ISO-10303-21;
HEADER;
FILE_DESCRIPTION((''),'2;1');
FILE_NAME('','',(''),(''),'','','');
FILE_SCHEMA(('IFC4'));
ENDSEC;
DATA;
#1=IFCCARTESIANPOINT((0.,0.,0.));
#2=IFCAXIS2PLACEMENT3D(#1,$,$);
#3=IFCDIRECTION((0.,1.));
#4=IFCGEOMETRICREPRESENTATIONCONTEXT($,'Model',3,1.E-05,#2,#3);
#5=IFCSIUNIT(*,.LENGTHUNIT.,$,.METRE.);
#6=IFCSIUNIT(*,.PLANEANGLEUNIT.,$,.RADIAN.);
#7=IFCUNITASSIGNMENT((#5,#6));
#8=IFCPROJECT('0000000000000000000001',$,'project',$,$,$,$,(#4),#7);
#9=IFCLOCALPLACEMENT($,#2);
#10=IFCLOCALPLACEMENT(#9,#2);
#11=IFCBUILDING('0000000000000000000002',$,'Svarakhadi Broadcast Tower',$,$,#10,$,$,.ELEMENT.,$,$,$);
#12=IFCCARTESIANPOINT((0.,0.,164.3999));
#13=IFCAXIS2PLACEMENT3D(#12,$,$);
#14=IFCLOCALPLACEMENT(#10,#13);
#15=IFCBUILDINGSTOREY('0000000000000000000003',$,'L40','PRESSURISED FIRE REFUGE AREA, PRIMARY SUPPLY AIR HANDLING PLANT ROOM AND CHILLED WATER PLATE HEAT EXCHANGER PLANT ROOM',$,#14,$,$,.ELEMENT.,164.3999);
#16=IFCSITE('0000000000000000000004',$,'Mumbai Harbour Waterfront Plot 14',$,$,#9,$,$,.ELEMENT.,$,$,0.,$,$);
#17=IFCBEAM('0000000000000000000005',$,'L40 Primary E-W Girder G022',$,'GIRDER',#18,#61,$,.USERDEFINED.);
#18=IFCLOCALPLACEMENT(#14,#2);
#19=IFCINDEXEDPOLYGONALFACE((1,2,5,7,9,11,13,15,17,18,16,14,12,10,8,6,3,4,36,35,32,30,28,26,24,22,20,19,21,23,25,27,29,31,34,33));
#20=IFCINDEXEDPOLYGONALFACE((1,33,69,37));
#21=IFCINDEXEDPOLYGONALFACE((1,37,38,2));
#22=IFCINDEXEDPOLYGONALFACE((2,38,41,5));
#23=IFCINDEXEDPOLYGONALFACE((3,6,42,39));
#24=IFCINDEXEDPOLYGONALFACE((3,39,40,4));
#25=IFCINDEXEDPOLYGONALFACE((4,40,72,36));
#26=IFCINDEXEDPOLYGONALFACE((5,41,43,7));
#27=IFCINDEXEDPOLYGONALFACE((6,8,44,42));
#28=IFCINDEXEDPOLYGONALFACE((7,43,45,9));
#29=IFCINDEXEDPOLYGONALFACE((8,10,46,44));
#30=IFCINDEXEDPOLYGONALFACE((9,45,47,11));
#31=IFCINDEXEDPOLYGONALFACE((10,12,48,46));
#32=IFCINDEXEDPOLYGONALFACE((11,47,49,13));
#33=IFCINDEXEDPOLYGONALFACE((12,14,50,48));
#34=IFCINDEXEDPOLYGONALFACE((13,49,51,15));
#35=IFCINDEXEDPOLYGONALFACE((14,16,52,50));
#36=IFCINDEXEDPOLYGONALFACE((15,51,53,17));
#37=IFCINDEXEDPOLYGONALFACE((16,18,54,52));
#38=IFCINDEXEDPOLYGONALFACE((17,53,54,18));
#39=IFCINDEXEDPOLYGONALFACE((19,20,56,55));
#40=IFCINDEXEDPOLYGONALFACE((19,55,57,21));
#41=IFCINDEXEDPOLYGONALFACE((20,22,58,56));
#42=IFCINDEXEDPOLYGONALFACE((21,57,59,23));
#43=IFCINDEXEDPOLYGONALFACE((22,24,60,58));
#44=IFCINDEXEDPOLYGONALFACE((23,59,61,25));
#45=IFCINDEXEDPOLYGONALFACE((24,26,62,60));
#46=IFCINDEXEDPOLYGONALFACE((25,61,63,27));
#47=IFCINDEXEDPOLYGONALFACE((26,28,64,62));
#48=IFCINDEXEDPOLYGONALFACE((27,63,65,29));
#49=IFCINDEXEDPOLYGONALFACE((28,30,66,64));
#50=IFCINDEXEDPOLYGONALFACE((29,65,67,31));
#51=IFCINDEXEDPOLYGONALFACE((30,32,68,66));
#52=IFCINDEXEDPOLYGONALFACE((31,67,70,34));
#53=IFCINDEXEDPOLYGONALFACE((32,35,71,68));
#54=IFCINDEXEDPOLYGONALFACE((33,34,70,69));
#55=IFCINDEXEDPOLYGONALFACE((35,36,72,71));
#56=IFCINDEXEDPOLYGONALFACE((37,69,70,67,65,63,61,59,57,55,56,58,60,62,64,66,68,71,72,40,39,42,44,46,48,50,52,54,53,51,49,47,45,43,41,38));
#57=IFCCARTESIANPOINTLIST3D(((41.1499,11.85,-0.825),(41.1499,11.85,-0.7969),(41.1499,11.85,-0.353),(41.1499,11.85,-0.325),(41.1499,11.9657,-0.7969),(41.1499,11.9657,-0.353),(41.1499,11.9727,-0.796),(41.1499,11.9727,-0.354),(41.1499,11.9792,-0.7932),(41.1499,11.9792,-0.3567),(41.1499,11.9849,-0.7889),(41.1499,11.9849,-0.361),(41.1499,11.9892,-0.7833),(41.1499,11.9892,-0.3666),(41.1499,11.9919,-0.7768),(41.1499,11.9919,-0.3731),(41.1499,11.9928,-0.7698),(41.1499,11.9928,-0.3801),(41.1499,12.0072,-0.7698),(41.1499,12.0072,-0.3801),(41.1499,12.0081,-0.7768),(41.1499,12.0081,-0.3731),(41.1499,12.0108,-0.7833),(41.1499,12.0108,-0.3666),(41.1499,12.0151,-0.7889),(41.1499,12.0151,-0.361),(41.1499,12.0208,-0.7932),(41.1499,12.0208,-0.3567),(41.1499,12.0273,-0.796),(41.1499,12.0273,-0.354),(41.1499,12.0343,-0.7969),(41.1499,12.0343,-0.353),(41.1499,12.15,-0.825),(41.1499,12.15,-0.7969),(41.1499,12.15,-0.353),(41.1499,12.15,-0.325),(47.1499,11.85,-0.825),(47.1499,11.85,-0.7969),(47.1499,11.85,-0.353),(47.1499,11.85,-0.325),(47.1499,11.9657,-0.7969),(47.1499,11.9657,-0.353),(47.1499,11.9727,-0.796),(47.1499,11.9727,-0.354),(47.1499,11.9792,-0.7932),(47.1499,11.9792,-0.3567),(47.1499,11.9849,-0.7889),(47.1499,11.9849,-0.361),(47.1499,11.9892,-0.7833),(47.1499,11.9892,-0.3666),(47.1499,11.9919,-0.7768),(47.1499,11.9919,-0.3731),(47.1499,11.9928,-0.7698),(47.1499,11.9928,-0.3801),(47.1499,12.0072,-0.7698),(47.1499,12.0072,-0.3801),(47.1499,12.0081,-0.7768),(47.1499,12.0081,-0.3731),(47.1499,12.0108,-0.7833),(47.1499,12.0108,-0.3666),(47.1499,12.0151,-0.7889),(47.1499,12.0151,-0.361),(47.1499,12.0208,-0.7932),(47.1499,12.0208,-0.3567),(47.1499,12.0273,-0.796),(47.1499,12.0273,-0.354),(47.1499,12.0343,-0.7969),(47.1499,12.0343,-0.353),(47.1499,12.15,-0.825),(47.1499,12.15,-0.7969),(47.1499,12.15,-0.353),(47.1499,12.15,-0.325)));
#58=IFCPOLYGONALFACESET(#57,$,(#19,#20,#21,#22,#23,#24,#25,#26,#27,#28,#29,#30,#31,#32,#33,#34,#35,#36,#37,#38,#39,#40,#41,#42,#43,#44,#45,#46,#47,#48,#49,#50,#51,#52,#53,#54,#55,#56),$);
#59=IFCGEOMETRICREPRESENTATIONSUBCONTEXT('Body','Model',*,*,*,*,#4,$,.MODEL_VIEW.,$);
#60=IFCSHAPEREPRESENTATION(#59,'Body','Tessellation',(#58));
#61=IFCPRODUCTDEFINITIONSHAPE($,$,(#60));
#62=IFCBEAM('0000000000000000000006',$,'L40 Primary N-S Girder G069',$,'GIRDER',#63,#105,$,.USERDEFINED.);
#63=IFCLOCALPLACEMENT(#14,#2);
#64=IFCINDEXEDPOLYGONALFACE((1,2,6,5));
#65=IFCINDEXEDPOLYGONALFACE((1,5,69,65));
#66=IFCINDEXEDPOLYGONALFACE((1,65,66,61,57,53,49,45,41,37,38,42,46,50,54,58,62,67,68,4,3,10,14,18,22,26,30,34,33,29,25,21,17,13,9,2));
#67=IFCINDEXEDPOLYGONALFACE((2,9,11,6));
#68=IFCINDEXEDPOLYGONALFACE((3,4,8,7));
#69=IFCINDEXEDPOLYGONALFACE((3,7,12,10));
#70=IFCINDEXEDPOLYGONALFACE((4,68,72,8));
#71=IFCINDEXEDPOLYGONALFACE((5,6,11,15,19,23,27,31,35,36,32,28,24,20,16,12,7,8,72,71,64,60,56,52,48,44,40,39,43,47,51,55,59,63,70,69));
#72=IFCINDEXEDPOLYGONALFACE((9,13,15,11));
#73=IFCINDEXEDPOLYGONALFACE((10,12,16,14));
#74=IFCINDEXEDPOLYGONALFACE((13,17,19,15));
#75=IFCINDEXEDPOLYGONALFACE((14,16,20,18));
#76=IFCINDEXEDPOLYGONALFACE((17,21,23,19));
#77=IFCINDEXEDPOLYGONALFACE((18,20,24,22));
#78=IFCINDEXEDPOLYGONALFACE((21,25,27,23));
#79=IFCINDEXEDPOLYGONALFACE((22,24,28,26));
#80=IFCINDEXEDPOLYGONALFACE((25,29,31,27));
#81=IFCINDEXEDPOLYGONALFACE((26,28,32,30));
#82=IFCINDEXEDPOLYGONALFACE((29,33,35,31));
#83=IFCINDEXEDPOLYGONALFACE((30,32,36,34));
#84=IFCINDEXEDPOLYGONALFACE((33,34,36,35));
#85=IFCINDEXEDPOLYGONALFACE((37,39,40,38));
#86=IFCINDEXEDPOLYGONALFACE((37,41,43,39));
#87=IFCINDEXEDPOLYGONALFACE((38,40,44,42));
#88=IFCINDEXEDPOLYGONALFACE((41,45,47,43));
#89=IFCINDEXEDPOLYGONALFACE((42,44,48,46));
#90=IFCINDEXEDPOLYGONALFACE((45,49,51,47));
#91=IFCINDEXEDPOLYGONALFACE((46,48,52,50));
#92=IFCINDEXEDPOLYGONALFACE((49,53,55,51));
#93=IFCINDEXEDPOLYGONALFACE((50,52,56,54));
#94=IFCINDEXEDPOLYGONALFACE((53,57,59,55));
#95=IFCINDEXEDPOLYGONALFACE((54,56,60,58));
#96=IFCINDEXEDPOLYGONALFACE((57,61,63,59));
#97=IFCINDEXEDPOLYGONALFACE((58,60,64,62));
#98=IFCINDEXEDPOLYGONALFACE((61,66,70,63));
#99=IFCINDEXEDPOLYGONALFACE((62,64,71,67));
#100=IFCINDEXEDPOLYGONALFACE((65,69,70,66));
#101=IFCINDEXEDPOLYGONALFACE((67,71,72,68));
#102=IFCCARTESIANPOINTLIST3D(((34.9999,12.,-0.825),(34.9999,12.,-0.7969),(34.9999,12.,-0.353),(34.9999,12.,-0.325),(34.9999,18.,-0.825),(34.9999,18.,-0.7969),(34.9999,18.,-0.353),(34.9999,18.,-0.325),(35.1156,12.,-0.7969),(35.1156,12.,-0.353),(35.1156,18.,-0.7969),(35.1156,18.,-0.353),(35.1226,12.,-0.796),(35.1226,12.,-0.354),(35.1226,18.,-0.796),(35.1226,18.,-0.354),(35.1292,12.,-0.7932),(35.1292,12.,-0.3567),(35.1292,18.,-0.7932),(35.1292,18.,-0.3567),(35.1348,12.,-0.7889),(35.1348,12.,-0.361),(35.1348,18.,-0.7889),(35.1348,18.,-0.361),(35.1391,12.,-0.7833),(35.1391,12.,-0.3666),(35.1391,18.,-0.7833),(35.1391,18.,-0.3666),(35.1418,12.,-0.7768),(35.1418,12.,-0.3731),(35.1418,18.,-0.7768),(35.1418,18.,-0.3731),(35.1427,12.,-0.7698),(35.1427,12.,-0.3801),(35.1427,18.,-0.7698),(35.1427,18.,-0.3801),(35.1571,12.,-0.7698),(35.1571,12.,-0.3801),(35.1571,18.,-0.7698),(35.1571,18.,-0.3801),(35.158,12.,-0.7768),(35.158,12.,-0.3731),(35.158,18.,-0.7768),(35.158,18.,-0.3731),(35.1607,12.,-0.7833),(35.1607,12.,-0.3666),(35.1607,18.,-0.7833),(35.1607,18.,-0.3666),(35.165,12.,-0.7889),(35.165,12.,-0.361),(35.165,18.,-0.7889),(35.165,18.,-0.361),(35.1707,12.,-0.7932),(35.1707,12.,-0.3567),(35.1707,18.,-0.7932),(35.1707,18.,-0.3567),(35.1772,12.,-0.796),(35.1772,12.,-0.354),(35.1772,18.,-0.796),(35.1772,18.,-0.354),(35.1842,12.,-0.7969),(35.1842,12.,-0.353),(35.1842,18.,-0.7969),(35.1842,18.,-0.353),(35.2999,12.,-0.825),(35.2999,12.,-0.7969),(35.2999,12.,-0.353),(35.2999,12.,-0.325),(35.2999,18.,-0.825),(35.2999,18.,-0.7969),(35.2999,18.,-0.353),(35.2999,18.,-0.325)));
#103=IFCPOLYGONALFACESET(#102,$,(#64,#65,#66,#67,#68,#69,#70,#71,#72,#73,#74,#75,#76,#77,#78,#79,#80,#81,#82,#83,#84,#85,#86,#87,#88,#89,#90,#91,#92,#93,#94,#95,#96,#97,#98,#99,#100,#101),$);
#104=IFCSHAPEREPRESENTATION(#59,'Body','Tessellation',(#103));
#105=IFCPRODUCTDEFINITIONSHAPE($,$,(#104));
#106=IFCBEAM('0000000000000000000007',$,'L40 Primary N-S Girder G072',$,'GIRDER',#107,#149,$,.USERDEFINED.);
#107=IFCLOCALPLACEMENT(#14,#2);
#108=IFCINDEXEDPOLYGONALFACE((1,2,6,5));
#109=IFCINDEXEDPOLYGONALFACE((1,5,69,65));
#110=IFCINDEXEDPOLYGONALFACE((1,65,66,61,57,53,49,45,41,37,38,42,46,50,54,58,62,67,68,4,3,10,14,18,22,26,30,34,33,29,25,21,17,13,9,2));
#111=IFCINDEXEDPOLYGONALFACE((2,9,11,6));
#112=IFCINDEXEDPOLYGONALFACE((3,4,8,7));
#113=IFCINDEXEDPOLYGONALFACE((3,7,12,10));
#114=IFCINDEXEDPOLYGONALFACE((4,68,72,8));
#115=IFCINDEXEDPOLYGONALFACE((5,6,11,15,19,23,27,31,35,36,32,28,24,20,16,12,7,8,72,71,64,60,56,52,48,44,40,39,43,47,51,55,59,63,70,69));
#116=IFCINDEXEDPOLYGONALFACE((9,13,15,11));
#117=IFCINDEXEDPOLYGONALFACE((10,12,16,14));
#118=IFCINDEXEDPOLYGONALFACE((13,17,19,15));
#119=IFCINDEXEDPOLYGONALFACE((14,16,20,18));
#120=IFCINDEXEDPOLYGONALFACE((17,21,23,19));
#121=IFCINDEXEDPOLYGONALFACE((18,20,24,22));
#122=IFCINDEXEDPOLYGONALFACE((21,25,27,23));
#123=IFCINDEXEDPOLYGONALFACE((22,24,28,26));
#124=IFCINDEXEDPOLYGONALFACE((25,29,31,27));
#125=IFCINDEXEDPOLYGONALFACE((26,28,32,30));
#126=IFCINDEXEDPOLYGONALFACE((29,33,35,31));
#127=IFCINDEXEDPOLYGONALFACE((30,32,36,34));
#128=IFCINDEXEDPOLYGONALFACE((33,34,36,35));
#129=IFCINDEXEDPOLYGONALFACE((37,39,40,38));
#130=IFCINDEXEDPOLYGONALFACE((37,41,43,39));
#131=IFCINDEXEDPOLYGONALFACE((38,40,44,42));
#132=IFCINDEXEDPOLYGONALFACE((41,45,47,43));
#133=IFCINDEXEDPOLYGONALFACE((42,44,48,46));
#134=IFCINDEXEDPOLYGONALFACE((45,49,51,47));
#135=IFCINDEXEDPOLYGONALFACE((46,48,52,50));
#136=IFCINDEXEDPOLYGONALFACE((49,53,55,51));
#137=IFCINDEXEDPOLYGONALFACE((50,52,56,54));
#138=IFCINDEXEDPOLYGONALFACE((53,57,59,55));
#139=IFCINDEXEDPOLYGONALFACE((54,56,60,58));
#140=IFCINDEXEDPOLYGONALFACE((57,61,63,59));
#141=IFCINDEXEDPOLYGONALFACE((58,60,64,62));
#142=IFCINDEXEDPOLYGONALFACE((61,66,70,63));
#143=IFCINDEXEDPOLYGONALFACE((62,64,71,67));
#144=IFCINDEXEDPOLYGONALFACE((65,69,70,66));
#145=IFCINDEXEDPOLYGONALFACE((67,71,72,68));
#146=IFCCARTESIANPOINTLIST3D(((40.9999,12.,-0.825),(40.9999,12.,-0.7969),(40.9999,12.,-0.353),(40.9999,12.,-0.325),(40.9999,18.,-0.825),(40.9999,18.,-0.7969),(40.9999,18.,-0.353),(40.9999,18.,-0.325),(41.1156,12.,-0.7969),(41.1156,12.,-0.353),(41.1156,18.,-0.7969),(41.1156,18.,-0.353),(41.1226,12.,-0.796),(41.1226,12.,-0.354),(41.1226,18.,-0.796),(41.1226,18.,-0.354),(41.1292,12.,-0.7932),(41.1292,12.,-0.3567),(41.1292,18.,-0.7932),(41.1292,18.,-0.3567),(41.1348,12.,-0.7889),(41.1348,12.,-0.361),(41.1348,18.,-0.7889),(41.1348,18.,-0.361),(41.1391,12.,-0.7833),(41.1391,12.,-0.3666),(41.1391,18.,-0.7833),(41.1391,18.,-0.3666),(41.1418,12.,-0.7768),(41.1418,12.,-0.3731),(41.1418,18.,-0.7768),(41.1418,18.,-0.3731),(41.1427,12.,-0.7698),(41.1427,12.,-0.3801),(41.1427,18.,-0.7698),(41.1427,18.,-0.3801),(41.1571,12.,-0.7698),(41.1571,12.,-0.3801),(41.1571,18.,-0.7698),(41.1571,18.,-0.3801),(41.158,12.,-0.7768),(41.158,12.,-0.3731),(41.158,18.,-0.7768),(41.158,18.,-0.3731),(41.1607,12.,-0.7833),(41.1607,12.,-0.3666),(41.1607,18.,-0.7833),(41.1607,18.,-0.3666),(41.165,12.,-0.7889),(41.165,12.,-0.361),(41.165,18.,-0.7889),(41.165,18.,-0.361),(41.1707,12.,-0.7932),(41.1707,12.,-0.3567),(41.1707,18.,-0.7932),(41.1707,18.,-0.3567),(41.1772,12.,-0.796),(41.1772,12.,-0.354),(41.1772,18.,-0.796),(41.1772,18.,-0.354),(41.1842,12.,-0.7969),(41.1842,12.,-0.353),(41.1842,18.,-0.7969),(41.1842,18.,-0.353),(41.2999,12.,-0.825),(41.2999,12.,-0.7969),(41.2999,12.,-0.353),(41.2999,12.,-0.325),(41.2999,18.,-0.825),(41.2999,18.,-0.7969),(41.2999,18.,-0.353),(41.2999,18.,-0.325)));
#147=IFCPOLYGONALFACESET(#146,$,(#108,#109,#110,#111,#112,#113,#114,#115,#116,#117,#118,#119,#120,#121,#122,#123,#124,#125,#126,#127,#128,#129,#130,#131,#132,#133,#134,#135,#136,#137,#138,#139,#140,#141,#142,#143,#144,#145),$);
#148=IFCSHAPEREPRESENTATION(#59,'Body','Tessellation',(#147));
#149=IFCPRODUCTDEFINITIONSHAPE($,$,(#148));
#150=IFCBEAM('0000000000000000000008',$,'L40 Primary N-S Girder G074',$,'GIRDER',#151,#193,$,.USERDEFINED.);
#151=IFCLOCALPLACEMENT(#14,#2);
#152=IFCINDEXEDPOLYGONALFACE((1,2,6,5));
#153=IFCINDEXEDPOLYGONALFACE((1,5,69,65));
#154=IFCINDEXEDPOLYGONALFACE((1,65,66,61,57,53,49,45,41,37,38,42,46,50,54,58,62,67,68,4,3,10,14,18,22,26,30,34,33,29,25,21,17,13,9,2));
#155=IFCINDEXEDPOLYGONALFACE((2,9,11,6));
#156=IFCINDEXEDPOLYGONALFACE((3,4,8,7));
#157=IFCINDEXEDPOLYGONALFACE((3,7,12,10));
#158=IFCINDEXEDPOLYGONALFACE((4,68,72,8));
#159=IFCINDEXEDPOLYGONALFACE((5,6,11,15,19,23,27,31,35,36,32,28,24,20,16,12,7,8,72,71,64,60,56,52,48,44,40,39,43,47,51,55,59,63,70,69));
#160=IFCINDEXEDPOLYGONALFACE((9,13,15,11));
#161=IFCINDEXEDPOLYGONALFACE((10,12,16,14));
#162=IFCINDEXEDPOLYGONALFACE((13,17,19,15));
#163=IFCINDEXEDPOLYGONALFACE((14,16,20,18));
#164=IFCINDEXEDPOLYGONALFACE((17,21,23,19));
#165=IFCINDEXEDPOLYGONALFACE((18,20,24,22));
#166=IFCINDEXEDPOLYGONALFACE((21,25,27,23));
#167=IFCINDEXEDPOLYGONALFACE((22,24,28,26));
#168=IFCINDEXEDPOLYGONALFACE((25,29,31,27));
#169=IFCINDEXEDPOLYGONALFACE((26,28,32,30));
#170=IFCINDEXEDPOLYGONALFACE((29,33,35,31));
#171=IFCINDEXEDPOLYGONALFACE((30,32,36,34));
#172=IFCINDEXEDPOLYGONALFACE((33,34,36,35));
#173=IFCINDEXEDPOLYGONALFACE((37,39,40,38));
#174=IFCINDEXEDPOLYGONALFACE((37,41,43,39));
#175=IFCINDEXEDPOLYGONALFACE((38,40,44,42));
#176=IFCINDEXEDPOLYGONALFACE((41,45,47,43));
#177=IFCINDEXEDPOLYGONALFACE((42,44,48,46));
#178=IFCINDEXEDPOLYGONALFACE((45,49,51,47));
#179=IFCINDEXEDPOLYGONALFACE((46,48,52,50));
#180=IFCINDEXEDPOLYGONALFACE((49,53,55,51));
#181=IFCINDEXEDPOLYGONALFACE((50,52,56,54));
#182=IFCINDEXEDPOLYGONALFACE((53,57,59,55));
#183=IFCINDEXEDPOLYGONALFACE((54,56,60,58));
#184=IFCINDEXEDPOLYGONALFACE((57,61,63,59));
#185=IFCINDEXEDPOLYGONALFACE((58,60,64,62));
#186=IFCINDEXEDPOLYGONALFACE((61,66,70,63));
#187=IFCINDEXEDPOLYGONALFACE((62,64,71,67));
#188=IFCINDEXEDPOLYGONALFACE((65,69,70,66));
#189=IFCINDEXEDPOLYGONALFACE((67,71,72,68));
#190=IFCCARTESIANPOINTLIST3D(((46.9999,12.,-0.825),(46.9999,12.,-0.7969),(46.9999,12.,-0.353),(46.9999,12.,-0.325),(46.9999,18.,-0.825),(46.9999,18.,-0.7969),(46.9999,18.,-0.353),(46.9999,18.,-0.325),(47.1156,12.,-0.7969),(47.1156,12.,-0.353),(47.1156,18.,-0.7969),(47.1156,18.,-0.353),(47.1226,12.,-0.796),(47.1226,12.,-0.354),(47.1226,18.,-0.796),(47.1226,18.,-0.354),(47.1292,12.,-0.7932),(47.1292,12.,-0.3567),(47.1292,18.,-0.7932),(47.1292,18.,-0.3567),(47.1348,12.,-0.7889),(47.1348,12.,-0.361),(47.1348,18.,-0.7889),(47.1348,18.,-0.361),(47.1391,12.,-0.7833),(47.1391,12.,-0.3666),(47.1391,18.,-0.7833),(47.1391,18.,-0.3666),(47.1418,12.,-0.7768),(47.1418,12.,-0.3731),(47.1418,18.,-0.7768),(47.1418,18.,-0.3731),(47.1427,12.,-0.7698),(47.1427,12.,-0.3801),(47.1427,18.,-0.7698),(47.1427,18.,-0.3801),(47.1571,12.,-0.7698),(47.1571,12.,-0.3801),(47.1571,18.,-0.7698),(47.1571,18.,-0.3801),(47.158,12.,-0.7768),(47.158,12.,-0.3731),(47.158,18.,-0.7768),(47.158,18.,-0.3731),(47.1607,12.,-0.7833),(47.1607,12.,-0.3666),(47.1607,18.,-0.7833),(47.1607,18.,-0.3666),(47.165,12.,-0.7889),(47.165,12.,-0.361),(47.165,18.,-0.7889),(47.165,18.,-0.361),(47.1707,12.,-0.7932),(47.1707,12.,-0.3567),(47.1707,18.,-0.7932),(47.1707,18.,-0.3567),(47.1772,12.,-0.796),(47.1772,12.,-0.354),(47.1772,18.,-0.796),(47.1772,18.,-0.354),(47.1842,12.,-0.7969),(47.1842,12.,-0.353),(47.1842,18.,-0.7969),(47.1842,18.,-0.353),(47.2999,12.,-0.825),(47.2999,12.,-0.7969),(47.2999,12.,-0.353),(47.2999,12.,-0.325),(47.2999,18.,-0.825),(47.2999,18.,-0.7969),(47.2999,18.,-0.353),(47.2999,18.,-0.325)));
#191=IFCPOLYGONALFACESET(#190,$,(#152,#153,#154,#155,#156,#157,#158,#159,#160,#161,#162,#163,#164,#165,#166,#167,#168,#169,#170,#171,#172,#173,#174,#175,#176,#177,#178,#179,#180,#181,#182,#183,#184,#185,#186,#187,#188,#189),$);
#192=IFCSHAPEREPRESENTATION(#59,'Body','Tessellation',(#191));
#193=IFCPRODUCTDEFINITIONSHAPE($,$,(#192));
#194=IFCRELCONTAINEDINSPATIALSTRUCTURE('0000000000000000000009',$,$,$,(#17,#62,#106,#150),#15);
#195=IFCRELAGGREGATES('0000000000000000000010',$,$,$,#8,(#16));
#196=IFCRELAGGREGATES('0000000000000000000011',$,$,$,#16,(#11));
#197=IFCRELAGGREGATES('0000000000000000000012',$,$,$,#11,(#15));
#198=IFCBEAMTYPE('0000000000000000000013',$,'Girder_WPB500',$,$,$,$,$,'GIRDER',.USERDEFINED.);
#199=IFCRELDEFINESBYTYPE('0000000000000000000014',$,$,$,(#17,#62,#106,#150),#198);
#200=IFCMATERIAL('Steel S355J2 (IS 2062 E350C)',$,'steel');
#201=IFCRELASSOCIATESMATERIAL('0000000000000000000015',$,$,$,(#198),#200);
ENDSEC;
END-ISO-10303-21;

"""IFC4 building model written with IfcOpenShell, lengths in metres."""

from ifc_helpers import new_model, si_unit, direction, frame, origin, origin_2d, place, context, subcontext, project, spatial, i_section, extrude, material, material_profile, profile_set, type_object, element, save


model = new_model("IFC4")

# Units and contexts
model_context = context("Model", 3, precision=1e-05, world=origin(), true_north=direction((0.0, 1.0)))
body_context = subcontext(model_context, "Body", "Model", "MODEL_VIEW")
ifc_project = project(units=[si_unit("LENGTHUNIT", "METRE"), si_unit("PLANEANGLEUNIT", "RADIAN")], contexts=[model_context])

# Site, building, storey
site_placement = place(None, origin())
site = spatial("IfcSite", under=ifc_project, at=site_placement, Name="Mumbai Harbour Waterfront Plot 14", CompositionType="ELEMENT", RefElevation=0.0)
building_placement = place(site_placement, origin())
building = spatial("IfcBuilding", under=site, at=building_placement, Name="Svarakhadi Broadcast Tower", CompositionType="ELEMENT")
storey_placement = place(building_placement, frame((0.0, 0.0, 164.3999)))
storey = spatial("IfcBuildingStorey", under=building, at=storey_placement, Name="L40", Description="PRESSURISED FIRE REFUGE AREA, PRIMARY SUPPLY AIR HANDLING PLANT ROOM AND CHILLED WATER PLATE HEAT EXCHANGER PLANT ROOM", CompositionType="ELEMENT", Elevation=164.3999)

# Shared definitions
ifc_material_1 = material(Name="Steel S355J2 (IS 2062 E350C)", Category="steel")

# Beams
ifc_material_profile_1 = material_profile(ifc_material_1, i_section(OverallWidth=0.3, OverallDepth=0.5, WebThickness=0.0144, FlangeThickness=0.0281, FilletRadius=0.0271, at=origin_2d()), Name="WPB 500x300x187")
ifc_profile_set_1 = profile_set([ifc_material_profile_1], Name="Steel S355J2 (IS 2062 E350C)")
beam_type_1 = type_object("IfcBeamType", Name="Girder_WPB500", ElementType="GIRDER", PredefinedType="USERDEFINED", material=ifc_profile_set_1)
for number, where, z_axis, x_axis, name in (
    (1, (41.1499, 12.0, -0.575), (1.0, 0.0, 0.0), (0.0, 1.0, 0.0), "L40 Primary E-W Girder G022"),
    (2, (35.1499, 12.0, -0.575), (0.0, 1.0, 0.0), (-1.0, 0.0, 0.0), "L40 Primary N-S Girder G069"),
    (3, (41.1499, 12.0, -0.575), (0.0, 1.0, 0.0), (-1.0, 0.0, 0.0), "L40 Primary N-S Girder G072"),
    (4, (47.1499, 12.0, -0.575), (0.0, 1.0, 0.0), (-1.0, 0.0, 0.0), "L40 Primary N-S Girder G074"),
):
    element("IfcBeam", number, at=place(storey_placement, frame(where, z_axis=z_axis, x_axis=x_axis)), inside=storey, type_object=beam_type_1, Name=name, ObjectType="GIRDER", PredefinedType="USERDEFINED", context=body_context, shape_type="SweptSolid", body=[
        extrude(i_section(OverallWidth=0.3, OverallDepth=0.5, WebThickness=0.0144, FlangeThickness=0.0281, FilletRadius=0.0271, at=origin_2d()), origin(), (0.0, 0.0, 1.0), 6.0),
    ])

save(model, "model.ifc")
